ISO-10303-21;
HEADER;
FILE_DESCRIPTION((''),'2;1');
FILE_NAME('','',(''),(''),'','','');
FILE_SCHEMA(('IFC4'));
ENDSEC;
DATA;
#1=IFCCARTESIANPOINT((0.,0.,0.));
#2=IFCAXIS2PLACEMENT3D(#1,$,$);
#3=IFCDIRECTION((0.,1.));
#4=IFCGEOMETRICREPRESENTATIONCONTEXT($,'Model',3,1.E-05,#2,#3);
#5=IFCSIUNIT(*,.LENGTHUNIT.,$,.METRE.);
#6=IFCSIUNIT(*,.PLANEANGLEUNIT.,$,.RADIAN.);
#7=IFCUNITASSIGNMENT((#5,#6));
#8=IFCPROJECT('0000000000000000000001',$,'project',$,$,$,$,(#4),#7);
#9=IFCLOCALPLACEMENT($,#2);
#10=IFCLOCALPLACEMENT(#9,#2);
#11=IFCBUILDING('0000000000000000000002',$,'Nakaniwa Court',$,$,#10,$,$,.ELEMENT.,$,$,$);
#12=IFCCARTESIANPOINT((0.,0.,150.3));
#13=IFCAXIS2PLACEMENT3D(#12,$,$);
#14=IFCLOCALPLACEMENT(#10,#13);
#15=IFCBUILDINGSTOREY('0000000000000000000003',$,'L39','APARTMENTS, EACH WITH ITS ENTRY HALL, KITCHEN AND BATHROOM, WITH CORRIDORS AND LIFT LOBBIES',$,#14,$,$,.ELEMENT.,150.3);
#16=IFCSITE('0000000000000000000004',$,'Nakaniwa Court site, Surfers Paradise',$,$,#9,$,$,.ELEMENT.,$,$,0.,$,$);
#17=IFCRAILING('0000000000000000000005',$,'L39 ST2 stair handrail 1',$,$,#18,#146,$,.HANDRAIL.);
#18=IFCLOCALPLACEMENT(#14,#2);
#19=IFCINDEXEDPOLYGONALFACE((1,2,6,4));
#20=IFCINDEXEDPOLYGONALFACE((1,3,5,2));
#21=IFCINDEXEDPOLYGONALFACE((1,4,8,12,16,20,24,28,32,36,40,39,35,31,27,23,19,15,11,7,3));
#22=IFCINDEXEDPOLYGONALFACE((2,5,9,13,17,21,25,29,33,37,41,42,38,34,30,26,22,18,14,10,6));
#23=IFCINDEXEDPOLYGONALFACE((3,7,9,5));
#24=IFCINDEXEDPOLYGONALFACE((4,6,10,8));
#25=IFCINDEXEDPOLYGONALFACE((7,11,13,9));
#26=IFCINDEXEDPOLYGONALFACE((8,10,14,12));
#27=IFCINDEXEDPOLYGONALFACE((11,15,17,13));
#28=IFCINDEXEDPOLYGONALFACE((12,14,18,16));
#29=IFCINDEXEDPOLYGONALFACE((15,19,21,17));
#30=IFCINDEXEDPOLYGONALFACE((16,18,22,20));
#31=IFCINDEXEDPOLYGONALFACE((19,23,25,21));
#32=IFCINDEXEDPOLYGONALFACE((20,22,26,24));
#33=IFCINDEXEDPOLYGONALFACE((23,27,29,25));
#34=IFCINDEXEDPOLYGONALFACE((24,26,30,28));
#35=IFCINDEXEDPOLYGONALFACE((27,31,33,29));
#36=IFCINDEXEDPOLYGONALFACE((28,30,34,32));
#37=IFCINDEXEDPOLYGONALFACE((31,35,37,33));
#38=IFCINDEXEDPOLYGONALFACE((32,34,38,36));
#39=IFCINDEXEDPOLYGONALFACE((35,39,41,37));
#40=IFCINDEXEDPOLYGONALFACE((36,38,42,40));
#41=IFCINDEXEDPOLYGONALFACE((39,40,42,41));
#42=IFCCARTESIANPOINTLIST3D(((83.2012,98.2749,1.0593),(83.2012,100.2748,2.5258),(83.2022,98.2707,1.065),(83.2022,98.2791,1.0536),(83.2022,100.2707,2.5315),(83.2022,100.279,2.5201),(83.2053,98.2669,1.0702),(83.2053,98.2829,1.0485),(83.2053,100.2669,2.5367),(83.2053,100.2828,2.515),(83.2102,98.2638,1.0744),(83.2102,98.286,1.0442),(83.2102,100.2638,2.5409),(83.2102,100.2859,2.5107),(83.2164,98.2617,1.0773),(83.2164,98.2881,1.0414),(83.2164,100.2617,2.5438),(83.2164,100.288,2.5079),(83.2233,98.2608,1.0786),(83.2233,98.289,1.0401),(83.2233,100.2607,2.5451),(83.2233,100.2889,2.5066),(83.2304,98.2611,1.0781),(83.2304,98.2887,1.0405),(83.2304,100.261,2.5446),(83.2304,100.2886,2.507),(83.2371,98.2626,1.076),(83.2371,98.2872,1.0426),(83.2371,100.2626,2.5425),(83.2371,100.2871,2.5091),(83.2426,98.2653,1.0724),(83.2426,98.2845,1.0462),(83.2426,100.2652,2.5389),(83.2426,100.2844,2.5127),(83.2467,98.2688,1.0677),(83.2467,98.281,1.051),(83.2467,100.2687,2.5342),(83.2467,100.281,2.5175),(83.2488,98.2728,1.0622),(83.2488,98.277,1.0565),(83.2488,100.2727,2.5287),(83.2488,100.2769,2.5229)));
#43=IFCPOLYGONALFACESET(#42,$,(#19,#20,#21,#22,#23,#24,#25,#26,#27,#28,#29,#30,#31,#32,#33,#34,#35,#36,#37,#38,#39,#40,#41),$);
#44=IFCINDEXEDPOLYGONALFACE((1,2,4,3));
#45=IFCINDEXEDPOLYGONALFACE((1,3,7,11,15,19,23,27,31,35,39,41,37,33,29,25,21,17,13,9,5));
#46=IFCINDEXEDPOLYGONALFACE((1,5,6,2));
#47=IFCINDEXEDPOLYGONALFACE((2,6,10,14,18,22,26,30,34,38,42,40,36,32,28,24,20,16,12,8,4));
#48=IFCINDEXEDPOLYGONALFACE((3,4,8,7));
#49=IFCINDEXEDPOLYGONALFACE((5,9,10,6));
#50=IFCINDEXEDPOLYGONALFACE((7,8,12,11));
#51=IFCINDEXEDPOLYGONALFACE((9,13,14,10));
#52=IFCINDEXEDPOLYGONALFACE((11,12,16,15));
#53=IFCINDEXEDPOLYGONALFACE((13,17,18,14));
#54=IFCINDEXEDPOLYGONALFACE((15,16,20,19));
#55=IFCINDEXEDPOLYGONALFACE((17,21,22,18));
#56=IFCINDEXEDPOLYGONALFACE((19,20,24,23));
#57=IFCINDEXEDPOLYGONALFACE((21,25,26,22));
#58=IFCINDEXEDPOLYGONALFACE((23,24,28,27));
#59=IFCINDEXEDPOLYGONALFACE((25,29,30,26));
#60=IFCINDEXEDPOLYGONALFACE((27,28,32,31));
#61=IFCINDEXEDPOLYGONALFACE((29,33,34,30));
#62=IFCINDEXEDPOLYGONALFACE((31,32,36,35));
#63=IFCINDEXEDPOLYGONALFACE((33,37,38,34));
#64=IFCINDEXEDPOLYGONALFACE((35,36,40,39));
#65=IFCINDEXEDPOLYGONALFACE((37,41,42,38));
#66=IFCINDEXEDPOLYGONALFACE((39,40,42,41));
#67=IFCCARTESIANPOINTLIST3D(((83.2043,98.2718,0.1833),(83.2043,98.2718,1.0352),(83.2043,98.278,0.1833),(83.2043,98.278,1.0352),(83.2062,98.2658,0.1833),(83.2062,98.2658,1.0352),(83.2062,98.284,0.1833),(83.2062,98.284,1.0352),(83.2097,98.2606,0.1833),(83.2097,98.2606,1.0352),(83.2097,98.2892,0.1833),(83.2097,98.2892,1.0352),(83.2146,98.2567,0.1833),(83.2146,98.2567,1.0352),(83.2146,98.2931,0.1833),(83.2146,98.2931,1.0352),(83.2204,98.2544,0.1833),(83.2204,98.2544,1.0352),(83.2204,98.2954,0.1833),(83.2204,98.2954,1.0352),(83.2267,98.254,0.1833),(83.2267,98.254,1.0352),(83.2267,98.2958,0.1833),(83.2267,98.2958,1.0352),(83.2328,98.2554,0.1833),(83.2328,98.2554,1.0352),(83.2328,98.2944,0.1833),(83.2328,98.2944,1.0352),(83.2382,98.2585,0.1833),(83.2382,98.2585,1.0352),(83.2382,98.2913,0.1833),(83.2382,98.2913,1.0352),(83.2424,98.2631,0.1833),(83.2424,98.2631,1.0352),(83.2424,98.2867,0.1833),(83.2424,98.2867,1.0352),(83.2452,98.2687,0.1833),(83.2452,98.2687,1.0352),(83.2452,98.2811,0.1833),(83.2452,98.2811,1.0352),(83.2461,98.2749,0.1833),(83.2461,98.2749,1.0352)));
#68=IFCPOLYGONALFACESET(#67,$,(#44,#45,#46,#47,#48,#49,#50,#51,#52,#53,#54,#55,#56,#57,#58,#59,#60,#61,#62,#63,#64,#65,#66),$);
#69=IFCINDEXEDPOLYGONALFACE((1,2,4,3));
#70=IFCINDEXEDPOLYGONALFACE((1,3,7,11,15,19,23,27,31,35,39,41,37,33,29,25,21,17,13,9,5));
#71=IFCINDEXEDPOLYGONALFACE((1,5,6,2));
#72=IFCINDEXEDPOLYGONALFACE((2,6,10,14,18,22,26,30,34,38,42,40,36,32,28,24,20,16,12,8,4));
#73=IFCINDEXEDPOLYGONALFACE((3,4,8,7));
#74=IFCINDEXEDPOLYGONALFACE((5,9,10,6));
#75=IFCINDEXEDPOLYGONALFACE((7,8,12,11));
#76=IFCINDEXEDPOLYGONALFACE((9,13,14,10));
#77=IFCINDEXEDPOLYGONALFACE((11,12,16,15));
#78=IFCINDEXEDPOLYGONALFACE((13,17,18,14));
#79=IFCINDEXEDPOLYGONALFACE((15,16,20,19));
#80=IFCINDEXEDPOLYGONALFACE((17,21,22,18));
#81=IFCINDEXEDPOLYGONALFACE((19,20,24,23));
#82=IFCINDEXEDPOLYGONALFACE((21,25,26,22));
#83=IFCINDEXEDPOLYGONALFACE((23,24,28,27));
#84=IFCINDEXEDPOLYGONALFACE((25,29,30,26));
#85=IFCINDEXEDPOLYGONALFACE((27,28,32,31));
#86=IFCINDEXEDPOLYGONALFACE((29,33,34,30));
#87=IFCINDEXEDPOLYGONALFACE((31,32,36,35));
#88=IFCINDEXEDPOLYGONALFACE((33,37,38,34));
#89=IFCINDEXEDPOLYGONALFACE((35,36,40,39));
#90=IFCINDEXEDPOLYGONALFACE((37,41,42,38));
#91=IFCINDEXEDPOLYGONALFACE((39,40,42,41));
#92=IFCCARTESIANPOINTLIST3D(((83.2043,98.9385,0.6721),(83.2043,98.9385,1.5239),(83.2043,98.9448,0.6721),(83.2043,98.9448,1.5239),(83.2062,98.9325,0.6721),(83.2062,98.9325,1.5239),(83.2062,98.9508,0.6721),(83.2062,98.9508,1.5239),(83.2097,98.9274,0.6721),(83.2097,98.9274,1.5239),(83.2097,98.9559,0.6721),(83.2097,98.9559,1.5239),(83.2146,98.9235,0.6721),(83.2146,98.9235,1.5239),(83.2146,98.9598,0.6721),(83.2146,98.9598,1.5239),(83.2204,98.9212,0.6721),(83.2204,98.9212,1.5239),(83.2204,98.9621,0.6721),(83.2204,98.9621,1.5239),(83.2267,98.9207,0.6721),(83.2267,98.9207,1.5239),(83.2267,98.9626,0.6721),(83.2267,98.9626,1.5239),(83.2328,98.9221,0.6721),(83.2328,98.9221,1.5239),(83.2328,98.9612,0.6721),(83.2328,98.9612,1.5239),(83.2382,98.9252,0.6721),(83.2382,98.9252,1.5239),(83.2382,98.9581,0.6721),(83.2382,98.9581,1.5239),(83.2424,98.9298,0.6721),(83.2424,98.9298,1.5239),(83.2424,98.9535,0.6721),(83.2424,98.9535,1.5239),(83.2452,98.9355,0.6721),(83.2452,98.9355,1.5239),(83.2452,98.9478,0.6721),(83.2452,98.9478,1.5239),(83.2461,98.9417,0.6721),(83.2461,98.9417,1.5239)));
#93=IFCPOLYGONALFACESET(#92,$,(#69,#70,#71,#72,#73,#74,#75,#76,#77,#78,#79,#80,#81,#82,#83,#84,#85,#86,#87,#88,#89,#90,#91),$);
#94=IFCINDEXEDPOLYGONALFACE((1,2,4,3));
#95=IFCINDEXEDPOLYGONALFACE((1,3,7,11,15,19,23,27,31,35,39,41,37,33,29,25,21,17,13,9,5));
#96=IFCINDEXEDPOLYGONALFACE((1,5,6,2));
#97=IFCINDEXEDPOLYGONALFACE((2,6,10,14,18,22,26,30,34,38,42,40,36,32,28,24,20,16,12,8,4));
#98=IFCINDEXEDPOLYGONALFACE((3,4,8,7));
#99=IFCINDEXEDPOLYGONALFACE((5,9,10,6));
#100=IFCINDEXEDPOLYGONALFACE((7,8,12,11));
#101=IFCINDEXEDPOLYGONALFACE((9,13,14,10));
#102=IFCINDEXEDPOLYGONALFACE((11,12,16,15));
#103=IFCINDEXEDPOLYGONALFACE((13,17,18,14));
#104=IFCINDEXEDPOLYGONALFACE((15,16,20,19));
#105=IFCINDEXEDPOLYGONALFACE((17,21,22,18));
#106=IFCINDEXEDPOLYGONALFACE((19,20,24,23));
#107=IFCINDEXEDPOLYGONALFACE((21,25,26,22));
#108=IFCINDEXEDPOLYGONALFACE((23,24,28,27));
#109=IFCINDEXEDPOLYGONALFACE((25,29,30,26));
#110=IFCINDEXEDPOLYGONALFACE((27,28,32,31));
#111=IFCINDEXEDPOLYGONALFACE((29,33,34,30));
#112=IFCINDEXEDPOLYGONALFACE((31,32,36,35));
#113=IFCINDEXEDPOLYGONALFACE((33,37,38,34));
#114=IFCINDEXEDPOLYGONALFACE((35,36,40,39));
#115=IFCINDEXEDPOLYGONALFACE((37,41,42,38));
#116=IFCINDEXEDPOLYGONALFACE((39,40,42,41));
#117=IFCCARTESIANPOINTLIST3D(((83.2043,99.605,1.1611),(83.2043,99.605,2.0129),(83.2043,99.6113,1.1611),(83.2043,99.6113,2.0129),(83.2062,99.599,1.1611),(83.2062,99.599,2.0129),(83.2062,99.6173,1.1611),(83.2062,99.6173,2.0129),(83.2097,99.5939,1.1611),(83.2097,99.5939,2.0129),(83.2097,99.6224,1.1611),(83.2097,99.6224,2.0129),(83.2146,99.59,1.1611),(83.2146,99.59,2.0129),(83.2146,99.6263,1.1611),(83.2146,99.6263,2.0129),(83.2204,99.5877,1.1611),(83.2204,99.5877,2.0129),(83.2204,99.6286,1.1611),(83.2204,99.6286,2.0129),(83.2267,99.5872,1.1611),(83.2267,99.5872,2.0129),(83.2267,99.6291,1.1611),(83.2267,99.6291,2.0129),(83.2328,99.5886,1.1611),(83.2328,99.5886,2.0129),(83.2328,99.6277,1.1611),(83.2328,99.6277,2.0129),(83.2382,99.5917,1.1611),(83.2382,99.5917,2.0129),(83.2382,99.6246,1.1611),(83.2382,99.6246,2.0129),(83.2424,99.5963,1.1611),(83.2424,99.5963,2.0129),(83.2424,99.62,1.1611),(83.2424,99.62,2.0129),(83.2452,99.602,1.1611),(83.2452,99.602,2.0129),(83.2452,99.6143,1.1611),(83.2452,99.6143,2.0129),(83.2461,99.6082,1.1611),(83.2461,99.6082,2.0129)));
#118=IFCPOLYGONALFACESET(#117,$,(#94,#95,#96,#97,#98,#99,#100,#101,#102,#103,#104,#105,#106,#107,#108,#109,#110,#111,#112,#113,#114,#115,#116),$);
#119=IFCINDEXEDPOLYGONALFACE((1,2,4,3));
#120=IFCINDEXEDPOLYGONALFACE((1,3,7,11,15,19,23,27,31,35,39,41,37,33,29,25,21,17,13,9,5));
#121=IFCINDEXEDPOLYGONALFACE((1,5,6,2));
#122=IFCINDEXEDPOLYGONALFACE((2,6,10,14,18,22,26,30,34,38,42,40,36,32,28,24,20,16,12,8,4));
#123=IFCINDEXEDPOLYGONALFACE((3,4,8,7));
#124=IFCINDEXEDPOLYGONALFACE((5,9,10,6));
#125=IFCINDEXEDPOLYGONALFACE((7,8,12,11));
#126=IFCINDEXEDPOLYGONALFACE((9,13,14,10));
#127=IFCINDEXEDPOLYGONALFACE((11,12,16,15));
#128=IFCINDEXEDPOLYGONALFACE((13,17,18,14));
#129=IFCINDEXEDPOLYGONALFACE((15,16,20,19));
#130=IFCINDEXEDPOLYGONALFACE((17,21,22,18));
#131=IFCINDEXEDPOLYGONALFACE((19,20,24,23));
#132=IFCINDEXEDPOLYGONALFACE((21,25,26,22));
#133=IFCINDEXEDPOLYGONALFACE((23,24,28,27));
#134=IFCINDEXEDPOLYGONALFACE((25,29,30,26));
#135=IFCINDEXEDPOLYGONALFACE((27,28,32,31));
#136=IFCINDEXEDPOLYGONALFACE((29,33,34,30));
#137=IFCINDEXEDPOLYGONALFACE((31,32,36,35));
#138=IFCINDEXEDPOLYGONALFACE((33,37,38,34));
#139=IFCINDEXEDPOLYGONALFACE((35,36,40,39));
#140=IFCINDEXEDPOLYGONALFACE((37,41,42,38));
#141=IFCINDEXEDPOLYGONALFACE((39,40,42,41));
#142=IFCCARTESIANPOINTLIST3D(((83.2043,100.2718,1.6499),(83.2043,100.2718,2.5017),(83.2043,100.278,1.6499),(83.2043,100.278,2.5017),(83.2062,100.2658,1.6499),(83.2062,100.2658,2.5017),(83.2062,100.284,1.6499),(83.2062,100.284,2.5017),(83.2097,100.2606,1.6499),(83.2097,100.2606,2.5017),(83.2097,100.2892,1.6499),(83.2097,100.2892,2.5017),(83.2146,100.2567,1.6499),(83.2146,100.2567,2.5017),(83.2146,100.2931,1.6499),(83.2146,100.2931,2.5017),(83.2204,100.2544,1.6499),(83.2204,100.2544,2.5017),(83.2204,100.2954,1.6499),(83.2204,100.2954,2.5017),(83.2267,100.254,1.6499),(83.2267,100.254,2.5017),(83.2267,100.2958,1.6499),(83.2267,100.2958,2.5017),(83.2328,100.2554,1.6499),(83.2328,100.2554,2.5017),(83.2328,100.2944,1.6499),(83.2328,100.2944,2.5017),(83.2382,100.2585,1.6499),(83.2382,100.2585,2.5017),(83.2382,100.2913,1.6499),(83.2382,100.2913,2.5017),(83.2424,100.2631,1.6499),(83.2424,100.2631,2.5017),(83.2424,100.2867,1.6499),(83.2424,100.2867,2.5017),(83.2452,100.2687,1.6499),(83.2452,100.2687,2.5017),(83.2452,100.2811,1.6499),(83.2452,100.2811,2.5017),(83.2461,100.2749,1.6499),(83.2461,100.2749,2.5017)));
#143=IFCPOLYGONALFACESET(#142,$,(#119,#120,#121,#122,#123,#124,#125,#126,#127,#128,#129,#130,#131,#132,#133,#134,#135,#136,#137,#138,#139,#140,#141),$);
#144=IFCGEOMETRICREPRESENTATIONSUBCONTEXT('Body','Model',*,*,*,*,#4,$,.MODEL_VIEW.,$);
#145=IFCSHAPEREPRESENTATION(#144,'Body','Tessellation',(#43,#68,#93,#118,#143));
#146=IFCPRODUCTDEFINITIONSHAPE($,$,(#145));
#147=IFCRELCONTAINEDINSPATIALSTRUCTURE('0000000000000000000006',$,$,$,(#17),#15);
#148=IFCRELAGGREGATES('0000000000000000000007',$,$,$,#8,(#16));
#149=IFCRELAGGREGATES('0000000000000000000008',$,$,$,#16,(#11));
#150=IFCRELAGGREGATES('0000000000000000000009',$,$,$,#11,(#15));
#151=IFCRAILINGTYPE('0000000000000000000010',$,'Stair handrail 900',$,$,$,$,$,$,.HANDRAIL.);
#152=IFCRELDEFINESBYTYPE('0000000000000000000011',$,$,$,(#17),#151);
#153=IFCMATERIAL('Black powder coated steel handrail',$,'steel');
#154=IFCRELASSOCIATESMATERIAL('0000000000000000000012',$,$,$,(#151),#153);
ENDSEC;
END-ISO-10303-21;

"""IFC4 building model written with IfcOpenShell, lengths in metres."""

from ifc_helpers import new_model, si_unit, direction, frame, origin, origin_2d, place, context, subcontext, project, spatial, circle, extrude, material, type_object, element, save


model = new_model("IFC4")

# Units and contexts
model_context = context("Model", 3, precision=1e-05, world=origin(), true_north=direction((0.0, 1.0)))
body_context = subcontext(model_context, "Body", "Model", "MODEL_VIEW")
ifc_project = project(units=[si_unit("LENGTHUNIT", "METRE"), si_unit("PLANEANGLEUNIT", "RADIAN")], contexts=[model_context])

# Site, building, storey
site_placement = place(None, origin())
site = spatial("IfcSite", under=ifc_project, at=site_placement, Name="Nakaniwa Court site, Surfers Paradise", CompositionType="ELEMENT", RefElevation=0.0)
building_placement = place(site_placement, origin())
building = spatial("IfcBuilding", under=site, at=building_placement, Name="Nakaniwa Court", CompositionType="ELEMENT")
storey_placement = place(building_placement, frame((0.0, 0.0, 150.3)))
storey = spatial("IfcBuildingStorey", under=building, at=storey_placement, Name="L39", Description="APARTMENTS, EACH WITH ITS ENTRY HALL, KITCHEN AND BATHROOM, WITH CORRIDORS AND LIFT LOBBIES", CompositionType="ELEMENT", Elevation=150.3)

# Railing
ifc_material_1 = material(Name="Black powder coated steel handrail", Category="steel")
railing_type_1 = type_object("IfcRailingType", Name="Stair handrail 900", PredefinedType="HANDRAIL", material=ifc_material_1)
railing_1_placement = place(storey_placement, frame((83.2251, 98.2749, 0.1833)))
element("IfcRailing", 1, at=railing_1_placement, inside=storey, type_object=railing_type_1, Name="L39 ST2 stair handrail 1", PredefinedType="HANDRAIL", context=body_context, shape_type="SweptSolid", body=[
    extrude(circle(Radius=0.0239, at=origin_2d()), frame((0.0, 0.0, 0.876), z_axis=(0.0, 0.806427, 0.591334), x_axis=(-1.0, 0.0, 0.0)), (0.0, 0.0, 1.0), 2.48),
    extrude(circle(Radius=0.021, at=origin_2d()), origin(), (0.0, 0.0, 1.0), 0.8518),
    extrude(circle(Radius=0.021, at=origin_2d()), frame((0.0, 0.6667, 0.4888)), (0.0, 0.0, 1.0), 0.8518),
    extrude(circle(Radius=0.021, at=origin_2d()), frame((0.0, 1.3333, 0.9778)), (0.0, 0.0, 1.0), 0.8518),
    extrude(circle(Radius=0.021, at=origin_2d()), frame((0.0, 2.0, 1.4666)), (0.0, 0.0, 1.0), 0.8518),
])

save(model, "model.ifc")
